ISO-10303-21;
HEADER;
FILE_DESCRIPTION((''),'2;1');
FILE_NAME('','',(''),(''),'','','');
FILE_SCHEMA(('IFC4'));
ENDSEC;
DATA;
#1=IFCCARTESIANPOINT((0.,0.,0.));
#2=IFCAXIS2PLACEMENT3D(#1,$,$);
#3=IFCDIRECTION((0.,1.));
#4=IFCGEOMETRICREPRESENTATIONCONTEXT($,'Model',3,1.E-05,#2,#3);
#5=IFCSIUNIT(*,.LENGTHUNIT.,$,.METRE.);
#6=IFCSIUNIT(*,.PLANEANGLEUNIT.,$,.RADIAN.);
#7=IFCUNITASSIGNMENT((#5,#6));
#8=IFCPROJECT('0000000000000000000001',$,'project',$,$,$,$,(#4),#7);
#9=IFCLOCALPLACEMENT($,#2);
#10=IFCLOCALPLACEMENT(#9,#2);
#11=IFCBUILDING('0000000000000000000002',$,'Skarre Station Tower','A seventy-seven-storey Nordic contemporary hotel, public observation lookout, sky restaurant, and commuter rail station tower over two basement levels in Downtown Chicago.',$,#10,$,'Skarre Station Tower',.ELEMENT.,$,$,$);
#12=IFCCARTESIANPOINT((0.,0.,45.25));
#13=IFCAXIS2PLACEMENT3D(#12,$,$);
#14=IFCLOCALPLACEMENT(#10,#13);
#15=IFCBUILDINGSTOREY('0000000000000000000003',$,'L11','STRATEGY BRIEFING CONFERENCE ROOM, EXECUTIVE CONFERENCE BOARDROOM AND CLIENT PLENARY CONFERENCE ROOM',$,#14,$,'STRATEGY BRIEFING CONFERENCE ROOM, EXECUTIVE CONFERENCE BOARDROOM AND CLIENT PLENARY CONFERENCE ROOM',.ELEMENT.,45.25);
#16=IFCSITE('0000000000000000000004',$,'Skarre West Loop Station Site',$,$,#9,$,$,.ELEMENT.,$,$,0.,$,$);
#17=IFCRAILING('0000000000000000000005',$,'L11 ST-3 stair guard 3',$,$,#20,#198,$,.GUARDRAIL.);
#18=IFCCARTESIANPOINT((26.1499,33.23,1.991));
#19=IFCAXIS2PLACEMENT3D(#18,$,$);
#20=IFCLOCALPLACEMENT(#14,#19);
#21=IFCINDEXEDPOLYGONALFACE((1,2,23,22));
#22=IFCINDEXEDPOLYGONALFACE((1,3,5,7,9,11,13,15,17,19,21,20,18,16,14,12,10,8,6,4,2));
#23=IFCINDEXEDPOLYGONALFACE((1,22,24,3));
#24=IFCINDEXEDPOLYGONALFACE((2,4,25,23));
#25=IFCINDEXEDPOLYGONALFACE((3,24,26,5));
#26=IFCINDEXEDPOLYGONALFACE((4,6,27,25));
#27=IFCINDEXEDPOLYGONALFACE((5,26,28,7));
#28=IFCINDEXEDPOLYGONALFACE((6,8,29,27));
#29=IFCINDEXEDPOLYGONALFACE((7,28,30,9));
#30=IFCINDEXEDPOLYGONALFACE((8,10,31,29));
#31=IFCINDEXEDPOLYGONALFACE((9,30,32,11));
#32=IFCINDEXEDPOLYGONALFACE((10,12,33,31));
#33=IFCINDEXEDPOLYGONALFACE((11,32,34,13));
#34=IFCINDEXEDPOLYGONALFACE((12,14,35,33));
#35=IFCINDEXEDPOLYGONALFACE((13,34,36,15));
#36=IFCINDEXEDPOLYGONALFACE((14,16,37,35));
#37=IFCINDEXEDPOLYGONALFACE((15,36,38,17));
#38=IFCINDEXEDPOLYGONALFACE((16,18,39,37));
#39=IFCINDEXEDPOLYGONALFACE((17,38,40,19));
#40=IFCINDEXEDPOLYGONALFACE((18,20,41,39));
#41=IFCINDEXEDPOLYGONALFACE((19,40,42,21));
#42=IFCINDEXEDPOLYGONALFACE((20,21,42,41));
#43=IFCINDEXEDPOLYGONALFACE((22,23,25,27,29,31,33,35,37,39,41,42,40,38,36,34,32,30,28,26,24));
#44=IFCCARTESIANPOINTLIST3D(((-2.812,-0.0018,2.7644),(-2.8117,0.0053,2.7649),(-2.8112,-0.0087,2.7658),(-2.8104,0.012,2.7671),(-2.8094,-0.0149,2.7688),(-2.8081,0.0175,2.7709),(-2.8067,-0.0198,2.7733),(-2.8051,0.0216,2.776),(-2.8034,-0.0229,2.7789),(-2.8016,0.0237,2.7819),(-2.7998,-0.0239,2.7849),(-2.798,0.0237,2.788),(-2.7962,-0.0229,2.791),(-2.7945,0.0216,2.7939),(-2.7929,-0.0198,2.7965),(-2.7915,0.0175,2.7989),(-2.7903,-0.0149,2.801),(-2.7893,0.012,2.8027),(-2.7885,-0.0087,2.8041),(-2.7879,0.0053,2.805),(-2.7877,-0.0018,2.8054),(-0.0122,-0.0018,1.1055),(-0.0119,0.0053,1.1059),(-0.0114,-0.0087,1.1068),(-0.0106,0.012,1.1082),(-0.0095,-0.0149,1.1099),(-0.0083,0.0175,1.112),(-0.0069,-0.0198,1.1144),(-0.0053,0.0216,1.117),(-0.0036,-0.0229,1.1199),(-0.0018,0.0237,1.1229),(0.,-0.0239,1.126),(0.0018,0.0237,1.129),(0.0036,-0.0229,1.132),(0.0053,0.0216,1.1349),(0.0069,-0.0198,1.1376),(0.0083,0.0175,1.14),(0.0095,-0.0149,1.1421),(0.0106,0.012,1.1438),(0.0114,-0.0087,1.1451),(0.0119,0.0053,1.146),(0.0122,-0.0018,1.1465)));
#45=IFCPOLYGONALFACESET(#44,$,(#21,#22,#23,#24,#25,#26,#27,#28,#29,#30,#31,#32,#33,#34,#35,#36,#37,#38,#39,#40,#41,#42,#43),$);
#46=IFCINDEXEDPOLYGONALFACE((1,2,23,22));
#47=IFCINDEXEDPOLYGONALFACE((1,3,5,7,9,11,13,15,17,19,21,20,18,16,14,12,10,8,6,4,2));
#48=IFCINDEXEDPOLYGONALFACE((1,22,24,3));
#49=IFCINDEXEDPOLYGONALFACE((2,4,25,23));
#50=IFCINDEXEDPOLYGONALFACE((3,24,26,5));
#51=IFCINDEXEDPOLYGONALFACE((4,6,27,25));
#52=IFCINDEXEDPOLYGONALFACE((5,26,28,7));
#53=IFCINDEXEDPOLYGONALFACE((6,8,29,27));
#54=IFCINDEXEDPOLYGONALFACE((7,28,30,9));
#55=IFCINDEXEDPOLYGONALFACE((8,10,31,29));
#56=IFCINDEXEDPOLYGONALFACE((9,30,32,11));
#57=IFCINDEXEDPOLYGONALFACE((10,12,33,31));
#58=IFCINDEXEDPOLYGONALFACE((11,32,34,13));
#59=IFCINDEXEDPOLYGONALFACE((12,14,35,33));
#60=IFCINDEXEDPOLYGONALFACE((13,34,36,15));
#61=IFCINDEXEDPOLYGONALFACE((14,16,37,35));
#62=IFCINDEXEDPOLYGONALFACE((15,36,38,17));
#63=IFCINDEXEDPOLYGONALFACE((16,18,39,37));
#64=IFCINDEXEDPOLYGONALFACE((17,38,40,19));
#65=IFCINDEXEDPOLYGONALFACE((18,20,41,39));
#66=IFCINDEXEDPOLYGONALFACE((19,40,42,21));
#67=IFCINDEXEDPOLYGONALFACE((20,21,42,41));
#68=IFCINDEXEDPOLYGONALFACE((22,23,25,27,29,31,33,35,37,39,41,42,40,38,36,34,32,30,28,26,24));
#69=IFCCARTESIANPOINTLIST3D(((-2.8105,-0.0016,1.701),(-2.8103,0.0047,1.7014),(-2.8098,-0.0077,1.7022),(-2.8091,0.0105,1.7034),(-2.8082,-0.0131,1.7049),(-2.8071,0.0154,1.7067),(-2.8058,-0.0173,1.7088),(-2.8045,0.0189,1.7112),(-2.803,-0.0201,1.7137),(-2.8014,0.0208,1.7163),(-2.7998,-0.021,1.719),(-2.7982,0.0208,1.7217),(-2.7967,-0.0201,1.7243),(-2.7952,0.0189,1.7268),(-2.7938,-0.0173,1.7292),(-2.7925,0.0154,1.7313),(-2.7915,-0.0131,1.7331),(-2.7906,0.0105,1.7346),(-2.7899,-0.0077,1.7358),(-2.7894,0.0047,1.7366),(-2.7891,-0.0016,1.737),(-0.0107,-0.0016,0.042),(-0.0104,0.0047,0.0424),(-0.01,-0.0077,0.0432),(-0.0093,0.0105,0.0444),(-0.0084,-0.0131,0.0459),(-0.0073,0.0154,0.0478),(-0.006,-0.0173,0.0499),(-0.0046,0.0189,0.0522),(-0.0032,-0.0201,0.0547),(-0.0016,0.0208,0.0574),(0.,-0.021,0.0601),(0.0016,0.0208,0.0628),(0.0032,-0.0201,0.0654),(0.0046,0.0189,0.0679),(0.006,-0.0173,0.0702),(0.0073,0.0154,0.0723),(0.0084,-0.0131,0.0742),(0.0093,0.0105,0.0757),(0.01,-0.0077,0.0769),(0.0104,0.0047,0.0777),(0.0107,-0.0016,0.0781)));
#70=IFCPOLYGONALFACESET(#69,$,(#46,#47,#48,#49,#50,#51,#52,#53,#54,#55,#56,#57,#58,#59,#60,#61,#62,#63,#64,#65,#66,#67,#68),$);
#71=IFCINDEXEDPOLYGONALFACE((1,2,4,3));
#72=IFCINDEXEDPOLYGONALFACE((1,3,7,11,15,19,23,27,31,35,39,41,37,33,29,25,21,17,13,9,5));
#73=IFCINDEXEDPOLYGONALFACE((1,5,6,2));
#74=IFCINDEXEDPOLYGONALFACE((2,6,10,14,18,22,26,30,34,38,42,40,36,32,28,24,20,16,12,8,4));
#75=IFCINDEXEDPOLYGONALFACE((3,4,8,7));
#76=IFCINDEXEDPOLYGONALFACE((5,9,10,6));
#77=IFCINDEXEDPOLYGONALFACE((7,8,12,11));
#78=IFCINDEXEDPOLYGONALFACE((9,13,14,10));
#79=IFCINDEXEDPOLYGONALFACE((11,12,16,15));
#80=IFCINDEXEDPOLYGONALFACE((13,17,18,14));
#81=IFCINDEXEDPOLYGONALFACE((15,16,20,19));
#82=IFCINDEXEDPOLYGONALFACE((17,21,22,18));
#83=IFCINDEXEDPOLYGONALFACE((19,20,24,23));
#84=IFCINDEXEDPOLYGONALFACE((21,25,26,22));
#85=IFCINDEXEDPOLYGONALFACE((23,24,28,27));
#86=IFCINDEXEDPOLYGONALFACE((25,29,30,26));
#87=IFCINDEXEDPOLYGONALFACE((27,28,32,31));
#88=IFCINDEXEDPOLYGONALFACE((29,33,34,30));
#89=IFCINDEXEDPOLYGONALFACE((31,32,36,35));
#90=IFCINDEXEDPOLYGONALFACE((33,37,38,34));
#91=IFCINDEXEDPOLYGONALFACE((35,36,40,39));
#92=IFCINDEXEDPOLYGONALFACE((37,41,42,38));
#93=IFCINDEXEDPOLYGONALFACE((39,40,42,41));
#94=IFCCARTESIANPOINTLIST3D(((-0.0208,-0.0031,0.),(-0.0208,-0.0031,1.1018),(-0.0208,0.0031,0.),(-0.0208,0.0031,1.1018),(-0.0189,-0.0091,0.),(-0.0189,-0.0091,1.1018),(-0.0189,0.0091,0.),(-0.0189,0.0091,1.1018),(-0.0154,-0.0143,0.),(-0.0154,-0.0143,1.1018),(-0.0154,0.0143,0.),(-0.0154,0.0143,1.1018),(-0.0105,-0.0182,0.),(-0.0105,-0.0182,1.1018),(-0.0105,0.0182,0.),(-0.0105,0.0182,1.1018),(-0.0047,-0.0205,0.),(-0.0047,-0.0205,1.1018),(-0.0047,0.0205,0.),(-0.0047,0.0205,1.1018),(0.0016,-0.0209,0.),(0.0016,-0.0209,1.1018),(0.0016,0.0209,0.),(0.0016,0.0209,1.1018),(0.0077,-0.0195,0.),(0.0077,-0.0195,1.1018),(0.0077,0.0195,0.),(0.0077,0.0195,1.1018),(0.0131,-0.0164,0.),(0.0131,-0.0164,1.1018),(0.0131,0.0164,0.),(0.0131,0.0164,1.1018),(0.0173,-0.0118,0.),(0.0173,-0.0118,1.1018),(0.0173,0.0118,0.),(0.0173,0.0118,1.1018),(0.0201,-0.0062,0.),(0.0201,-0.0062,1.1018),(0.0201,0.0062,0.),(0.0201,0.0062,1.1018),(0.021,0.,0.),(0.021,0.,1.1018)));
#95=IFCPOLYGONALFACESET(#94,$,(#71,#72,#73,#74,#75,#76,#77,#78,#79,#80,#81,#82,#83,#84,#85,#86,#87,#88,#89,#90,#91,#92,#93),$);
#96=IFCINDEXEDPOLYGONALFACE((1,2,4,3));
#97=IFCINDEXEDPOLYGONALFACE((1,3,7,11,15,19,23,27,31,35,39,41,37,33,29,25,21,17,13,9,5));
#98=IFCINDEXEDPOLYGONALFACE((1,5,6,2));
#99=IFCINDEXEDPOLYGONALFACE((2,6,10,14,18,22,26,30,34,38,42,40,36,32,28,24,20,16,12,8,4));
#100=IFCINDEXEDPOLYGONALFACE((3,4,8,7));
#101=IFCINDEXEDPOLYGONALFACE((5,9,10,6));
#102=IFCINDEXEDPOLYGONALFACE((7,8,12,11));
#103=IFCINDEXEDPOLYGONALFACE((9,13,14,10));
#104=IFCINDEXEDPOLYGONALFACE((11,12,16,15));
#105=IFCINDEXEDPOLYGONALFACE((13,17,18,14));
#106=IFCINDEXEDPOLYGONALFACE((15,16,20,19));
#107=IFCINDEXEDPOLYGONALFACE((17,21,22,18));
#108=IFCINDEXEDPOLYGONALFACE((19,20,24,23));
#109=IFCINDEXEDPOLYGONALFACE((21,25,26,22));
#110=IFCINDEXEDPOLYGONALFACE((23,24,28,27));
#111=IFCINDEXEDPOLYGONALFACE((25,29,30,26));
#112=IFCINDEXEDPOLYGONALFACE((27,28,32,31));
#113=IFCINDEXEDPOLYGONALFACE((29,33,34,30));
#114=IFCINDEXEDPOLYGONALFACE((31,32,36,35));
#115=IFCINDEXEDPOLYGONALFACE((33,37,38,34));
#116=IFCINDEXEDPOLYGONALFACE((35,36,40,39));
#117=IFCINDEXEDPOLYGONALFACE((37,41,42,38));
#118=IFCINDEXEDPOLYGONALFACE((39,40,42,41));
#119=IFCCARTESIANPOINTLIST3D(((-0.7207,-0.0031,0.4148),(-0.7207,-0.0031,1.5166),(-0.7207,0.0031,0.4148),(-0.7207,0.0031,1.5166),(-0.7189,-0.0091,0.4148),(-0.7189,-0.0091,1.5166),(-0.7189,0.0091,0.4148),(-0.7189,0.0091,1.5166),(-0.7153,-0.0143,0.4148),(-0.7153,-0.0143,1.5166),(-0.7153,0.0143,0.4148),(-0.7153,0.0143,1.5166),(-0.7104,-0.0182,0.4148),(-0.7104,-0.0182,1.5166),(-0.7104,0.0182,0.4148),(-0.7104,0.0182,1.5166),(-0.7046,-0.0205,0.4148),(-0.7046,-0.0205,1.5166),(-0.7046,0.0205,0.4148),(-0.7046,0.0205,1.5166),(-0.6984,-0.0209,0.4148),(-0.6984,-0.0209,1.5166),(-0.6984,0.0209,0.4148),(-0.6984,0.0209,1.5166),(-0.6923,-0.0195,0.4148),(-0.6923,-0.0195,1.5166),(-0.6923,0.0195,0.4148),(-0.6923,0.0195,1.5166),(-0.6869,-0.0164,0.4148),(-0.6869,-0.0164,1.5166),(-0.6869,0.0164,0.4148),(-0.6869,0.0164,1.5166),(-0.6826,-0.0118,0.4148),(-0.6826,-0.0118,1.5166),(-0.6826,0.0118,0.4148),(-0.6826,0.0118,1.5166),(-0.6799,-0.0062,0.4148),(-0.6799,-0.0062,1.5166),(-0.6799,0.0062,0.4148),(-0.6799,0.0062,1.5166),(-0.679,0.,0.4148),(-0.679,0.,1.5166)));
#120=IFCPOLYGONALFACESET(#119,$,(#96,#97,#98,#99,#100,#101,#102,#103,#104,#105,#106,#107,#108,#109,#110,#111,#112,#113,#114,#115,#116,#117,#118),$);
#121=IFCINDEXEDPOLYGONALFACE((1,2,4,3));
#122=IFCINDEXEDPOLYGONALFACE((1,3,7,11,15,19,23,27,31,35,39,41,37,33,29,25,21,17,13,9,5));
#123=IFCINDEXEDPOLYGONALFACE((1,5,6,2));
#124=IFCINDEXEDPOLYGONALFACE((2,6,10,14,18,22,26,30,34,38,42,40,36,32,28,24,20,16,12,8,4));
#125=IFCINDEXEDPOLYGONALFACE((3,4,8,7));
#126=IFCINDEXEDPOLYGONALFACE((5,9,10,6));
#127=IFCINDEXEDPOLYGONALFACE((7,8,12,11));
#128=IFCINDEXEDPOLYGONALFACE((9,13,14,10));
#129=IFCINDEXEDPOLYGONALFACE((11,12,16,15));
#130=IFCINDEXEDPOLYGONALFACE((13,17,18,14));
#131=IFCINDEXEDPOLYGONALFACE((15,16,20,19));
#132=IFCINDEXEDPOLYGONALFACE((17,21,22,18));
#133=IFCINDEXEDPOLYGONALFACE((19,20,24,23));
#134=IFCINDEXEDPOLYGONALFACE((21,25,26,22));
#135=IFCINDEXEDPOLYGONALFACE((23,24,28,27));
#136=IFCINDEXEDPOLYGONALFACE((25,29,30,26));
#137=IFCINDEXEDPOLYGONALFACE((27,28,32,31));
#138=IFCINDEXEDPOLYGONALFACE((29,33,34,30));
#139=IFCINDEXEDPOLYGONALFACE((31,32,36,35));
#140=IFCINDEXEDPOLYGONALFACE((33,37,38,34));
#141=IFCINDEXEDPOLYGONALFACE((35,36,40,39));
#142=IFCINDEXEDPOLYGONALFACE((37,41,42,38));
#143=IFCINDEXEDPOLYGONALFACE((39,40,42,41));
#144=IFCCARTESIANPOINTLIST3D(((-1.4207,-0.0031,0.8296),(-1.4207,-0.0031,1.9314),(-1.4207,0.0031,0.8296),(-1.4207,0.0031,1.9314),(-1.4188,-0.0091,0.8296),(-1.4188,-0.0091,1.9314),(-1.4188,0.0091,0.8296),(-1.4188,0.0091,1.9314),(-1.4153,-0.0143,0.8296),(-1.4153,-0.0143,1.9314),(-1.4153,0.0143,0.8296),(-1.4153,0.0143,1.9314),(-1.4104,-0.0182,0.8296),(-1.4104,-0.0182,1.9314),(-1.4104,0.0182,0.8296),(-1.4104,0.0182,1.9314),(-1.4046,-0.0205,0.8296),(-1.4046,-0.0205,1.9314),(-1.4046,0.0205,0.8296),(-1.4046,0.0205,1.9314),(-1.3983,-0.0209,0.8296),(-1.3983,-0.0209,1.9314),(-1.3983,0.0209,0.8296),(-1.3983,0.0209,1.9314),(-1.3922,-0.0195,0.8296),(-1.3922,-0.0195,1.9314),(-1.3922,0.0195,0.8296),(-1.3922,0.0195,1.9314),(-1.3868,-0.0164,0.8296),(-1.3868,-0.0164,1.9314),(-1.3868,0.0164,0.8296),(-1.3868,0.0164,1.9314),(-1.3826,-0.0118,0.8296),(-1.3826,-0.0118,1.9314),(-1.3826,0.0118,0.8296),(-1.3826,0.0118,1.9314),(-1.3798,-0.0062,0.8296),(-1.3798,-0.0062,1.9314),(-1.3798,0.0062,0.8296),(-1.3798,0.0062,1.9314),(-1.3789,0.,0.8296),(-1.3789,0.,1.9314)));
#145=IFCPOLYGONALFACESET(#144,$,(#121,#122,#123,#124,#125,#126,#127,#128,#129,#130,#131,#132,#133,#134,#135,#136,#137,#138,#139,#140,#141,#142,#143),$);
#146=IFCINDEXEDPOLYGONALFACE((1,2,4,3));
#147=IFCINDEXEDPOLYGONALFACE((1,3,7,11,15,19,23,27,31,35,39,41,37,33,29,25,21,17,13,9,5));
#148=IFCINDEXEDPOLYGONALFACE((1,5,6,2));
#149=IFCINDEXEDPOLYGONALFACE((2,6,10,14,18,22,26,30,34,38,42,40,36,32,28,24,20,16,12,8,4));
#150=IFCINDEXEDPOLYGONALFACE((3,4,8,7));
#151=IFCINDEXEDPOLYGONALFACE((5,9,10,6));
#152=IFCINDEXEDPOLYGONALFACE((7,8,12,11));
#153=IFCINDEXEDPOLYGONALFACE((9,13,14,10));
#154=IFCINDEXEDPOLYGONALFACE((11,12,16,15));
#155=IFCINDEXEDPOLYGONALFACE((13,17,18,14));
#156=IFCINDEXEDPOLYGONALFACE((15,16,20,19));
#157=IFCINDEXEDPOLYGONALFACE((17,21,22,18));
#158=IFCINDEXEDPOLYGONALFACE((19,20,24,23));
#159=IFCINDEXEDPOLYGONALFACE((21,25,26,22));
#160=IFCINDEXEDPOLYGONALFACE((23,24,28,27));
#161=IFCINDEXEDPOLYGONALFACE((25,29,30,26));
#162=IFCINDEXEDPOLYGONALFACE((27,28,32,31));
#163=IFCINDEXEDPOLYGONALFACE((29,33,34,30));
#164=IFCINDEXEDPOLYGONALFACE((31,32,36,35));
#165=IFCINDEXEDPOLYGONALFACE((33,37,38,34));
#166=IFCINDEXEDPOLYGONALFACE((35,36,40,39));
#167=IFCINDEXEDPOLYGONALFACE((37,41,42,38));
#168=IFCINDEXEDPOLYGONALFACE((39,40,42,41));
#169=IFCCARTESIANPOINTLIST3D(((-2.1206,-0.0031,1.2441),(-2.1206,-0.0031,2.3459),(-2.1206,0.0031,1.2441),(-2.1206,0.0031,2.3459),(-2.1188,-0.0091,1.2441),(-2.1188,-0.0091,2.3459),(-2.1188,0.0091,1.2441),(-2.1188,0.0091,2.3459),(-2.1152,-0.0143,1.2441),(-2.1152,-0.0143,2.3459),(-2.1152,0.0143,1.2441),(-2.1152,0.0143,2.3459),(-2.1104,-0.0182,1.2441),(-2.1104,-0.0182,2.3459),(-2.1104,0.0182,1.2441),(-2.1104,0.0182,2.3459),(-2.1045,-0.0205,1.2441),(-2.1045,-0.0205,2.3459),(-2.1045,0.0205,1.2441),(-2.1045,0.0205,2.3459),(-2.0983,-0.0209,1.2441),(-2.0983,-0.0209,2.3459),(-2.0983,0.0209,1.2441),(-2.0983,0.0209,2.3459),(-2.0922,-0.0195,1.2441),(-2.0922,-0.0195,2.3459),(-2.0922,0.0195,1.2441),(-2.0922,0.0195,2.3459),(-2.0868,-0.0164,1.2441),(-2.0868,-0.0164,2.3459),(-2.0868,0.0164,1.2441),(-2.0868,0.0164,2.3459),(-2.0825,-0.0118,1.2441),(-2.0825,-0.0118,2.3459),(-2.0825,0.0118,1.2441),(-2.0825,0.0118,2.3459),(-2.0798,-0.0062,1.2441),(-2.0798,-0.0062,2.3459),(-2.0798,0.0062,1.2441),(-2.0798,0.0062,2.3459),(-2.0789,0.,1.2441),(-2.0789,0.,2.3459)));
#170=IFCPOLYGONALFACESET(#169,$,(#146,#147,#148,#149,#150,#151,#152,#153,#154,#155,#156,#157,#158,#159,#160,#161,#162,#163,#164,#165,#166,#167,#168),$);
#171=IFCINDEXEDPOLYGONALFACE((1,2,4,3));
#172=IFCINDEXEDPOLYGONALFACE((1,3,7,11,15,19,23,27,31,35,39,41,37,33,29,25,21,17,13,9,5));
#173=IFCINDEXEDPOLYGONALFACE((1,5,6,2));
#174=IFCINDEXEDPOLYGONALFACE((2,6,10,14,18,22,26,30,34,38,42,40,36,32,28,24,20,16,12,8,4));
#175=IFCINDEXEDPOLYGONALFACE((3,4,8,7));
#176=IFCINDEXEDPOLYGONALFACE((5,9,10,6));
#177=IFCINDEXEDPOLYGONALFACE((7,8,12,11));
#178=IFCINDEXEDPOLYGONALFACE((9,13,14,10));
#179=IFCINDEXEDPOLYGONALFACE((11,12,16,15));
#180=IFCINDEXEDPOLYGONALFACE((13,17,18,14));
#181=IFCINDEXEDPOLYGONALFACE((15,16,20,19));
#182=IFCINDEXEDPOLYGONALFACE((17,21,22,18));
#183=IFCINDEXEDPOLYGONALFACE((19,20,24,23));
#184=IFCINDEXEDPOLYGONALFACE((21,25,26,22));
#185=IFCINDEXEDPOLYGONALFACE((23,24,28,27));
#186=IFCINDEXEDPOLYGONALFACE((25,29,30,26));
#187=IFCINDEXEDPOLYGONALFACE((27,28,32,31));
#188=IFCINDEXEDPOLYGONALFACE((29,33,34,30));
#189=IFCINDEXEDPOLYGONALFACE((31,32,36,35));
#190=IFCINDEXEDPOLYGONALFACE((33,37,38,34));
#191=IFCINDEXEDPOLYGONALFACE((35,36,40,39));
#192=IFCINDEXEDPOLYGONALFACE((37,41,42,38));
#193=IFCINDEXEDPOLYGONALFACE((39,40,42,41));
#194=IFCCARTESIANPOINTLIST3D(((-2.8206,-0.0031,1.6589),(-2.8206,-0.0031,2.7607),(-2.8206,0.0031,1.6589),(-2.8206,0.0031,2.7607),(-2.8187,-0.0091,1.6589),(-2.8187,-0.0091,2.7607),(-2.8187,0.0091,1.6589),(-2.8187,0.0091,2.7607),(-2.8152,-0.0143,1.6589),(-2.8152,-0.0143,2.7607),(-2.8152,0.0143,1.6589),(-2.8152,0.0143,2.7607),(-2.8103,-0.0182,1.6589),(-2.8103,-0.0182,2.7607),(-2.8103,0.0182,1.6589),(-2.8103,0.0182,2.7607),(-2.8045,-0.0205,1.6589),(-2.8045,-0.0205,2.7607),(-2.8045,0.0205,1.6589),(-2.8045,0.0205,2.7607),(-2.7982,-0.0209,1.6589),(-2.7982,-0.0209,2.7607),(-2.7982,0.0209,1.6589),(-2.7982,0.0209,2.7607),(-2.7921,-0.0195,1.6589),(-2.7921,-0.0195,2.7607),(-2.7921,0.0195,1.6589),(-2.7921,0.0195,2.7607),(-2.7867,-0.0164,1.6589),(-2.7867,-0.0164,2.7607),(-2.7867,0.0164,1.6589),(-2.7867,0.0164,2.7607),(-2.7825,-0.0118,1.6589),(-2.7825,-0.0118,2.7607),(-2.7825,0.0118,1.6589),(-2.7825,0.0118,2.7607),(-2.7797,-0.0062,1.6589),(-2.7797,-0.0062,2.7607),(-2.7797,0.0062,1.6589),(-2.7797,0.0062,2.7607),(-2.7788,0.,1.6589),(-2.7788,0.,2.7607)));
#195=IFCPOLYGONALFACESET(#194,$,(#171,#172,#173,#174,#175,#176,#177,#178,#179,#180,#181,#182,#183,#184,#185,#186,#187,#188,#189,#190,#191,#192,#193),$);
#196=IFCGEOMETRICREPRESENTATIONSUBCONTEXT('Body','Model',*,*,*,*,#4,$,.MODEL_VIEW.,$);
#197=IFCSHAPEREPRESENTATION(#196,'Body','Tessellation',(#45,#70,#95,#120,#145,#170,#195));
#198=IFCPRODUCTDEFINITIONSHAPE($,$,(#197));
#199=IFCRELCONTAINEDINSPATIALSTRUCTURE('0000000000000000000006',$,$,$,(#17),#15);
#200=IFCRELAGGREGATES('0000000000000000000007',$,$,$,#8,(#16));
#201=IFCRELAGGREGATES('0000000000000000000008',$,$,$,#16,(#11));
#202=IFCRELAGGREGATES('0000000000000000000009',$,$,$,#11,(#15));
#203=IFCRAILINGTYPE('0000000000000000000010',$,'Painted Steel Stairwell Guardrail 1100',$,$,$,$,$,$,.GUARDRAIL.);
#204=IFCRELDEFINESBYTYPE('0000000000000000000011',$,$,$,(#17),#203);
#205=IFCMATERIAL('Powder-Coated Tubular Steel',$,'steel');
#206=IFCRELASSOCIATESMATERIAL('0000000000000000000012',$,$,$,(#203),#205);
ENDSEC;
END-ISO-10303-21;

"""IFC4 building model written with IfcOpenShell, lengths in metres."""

from ifc_helpers import new_model, si_unit, direction, frame, origin, origin_2d, place, context, subcontext, project, spatial, circle, extrude, material, type_object, element, save


model = new_model("IFC4")

# Units and contexts
model_context = context("Model", 3, precision=1e-05, world=origin(), true_north=direction((0.0, 1.0)))
body_context = subcontext(model_context, "Body", "Model", "MODEL_VIEW")
ifc_project = project(units=[si_unit("LENGTHUNIT", "METRE"), si_unit("PLANEANGLEUNIT", "RADIAN")], contexts=[model_context])

# Site, building, storey
site_placement = place(None, origin())
site = spatial("IfcSite", under=ifc_project, at=site_placement, Name="Skarre West Loop Station Site", CompositionType="ELEMENT", RefElevation=0.0)
building_placement = place(site_placement, origin())
building = spatial("IfcBuilding", under=site, at=building_placement, Name="Skarre Station Tower", Description="A seventy-seven-storey Nordic contemporary hotel, public observation lookout, sky restaurant, and commuter rail station tower over two basement levels in Downtown Chicago.", LongName="Skarre Station Tower", CompositionType="ELEMENT")
storey_placement = place(building_placement, frame((0.0, 0.0, 45.25)))
storey = spatial("IfcBuildingStorey", under=building, at=storey_placement, Name="L11", Description="STRATEGY BRIEFING CONFERENCE ROOM, EXECUTIVE CONFERENCE BOARDROOM AND CLIENT PLENARY CONFERENCE ROOM", LongName="STRATEGY BRIEFING CONFERENCE ROOM, EXECUTIVE CONFERENCE BOARDROOM AND CLIENT PLENARY CONFERENCE ROOM", CompositionType="ELEMENT", Elevation=45.25)

# Railing
ifc_material_1 = material(Name="Powder-Coated Tubular Steel", Category="steel")
railing_type_1 = type_object("IfcRailingType", Name="Painted Steel Stairwell Guardrail 1100", PredefinedType="GUARDRAIL", material=ifc_material_1)
railing_1_placement = place(storey_placement, frame((26.1499, 33.23, 1.991)))
element("IfcRailing", 1, at=railing_1_placement, inside=storey, type_object=railing_type_1, Name="L11 ST-3 stair guard 3", PredefinedType="GUARDRAIL", context=body_context, shape_type="SweptSolid", body=[
    extrude(circle(Radius=0.0239, at=origin_2d()), frame((0.0, 0.0, 1.126), z_axis=(-0.86032, 0.0, 0.509755), x_axis=(0.0, -1.0, 0.0)), (0.0, 0.0, 1.0), 3.2544),
    extrude(circle(Radius=0.021, at=origin_2d()), frame((0.0, 0.0, 0.0601), z_axis=(-0.86032, 0.0, 0.509755), x_axis=(0.0, -1.0, 0.0)), (0.0, 0.0, 1.0), 3.2544),
    extrude(circle(Radius=0.021, at=origin_2d()), origin(), (0.0, 0.0, 1.0), 1.1018),
    extrude(circle(Radius=0.021, at=origin_2d()), frame((-0.7, 0.0, 0.4148)), (0.0, 0.0, 1.0), 1.1018),
    extrude(circle(Radius=0.021, at=origin_2d()), frame((-1.3999, 0.0, 0.8296)), (0.0, 0.0, 1.0), 1.1018),
    extrude(circle(Radius=0.021, at=origin_2d()), frame((-2.0999, 0.0, 1.2441)), (0.0, 0.0, 1.0), 1.1018),
    extrude(circle(Radius=0.021, at=origin_2d()), frame((-2.7998, 0.0, 1.6589)), (0.0, 0.0, 1.0), 1.1018),
])

save(model, "model.ifc")
